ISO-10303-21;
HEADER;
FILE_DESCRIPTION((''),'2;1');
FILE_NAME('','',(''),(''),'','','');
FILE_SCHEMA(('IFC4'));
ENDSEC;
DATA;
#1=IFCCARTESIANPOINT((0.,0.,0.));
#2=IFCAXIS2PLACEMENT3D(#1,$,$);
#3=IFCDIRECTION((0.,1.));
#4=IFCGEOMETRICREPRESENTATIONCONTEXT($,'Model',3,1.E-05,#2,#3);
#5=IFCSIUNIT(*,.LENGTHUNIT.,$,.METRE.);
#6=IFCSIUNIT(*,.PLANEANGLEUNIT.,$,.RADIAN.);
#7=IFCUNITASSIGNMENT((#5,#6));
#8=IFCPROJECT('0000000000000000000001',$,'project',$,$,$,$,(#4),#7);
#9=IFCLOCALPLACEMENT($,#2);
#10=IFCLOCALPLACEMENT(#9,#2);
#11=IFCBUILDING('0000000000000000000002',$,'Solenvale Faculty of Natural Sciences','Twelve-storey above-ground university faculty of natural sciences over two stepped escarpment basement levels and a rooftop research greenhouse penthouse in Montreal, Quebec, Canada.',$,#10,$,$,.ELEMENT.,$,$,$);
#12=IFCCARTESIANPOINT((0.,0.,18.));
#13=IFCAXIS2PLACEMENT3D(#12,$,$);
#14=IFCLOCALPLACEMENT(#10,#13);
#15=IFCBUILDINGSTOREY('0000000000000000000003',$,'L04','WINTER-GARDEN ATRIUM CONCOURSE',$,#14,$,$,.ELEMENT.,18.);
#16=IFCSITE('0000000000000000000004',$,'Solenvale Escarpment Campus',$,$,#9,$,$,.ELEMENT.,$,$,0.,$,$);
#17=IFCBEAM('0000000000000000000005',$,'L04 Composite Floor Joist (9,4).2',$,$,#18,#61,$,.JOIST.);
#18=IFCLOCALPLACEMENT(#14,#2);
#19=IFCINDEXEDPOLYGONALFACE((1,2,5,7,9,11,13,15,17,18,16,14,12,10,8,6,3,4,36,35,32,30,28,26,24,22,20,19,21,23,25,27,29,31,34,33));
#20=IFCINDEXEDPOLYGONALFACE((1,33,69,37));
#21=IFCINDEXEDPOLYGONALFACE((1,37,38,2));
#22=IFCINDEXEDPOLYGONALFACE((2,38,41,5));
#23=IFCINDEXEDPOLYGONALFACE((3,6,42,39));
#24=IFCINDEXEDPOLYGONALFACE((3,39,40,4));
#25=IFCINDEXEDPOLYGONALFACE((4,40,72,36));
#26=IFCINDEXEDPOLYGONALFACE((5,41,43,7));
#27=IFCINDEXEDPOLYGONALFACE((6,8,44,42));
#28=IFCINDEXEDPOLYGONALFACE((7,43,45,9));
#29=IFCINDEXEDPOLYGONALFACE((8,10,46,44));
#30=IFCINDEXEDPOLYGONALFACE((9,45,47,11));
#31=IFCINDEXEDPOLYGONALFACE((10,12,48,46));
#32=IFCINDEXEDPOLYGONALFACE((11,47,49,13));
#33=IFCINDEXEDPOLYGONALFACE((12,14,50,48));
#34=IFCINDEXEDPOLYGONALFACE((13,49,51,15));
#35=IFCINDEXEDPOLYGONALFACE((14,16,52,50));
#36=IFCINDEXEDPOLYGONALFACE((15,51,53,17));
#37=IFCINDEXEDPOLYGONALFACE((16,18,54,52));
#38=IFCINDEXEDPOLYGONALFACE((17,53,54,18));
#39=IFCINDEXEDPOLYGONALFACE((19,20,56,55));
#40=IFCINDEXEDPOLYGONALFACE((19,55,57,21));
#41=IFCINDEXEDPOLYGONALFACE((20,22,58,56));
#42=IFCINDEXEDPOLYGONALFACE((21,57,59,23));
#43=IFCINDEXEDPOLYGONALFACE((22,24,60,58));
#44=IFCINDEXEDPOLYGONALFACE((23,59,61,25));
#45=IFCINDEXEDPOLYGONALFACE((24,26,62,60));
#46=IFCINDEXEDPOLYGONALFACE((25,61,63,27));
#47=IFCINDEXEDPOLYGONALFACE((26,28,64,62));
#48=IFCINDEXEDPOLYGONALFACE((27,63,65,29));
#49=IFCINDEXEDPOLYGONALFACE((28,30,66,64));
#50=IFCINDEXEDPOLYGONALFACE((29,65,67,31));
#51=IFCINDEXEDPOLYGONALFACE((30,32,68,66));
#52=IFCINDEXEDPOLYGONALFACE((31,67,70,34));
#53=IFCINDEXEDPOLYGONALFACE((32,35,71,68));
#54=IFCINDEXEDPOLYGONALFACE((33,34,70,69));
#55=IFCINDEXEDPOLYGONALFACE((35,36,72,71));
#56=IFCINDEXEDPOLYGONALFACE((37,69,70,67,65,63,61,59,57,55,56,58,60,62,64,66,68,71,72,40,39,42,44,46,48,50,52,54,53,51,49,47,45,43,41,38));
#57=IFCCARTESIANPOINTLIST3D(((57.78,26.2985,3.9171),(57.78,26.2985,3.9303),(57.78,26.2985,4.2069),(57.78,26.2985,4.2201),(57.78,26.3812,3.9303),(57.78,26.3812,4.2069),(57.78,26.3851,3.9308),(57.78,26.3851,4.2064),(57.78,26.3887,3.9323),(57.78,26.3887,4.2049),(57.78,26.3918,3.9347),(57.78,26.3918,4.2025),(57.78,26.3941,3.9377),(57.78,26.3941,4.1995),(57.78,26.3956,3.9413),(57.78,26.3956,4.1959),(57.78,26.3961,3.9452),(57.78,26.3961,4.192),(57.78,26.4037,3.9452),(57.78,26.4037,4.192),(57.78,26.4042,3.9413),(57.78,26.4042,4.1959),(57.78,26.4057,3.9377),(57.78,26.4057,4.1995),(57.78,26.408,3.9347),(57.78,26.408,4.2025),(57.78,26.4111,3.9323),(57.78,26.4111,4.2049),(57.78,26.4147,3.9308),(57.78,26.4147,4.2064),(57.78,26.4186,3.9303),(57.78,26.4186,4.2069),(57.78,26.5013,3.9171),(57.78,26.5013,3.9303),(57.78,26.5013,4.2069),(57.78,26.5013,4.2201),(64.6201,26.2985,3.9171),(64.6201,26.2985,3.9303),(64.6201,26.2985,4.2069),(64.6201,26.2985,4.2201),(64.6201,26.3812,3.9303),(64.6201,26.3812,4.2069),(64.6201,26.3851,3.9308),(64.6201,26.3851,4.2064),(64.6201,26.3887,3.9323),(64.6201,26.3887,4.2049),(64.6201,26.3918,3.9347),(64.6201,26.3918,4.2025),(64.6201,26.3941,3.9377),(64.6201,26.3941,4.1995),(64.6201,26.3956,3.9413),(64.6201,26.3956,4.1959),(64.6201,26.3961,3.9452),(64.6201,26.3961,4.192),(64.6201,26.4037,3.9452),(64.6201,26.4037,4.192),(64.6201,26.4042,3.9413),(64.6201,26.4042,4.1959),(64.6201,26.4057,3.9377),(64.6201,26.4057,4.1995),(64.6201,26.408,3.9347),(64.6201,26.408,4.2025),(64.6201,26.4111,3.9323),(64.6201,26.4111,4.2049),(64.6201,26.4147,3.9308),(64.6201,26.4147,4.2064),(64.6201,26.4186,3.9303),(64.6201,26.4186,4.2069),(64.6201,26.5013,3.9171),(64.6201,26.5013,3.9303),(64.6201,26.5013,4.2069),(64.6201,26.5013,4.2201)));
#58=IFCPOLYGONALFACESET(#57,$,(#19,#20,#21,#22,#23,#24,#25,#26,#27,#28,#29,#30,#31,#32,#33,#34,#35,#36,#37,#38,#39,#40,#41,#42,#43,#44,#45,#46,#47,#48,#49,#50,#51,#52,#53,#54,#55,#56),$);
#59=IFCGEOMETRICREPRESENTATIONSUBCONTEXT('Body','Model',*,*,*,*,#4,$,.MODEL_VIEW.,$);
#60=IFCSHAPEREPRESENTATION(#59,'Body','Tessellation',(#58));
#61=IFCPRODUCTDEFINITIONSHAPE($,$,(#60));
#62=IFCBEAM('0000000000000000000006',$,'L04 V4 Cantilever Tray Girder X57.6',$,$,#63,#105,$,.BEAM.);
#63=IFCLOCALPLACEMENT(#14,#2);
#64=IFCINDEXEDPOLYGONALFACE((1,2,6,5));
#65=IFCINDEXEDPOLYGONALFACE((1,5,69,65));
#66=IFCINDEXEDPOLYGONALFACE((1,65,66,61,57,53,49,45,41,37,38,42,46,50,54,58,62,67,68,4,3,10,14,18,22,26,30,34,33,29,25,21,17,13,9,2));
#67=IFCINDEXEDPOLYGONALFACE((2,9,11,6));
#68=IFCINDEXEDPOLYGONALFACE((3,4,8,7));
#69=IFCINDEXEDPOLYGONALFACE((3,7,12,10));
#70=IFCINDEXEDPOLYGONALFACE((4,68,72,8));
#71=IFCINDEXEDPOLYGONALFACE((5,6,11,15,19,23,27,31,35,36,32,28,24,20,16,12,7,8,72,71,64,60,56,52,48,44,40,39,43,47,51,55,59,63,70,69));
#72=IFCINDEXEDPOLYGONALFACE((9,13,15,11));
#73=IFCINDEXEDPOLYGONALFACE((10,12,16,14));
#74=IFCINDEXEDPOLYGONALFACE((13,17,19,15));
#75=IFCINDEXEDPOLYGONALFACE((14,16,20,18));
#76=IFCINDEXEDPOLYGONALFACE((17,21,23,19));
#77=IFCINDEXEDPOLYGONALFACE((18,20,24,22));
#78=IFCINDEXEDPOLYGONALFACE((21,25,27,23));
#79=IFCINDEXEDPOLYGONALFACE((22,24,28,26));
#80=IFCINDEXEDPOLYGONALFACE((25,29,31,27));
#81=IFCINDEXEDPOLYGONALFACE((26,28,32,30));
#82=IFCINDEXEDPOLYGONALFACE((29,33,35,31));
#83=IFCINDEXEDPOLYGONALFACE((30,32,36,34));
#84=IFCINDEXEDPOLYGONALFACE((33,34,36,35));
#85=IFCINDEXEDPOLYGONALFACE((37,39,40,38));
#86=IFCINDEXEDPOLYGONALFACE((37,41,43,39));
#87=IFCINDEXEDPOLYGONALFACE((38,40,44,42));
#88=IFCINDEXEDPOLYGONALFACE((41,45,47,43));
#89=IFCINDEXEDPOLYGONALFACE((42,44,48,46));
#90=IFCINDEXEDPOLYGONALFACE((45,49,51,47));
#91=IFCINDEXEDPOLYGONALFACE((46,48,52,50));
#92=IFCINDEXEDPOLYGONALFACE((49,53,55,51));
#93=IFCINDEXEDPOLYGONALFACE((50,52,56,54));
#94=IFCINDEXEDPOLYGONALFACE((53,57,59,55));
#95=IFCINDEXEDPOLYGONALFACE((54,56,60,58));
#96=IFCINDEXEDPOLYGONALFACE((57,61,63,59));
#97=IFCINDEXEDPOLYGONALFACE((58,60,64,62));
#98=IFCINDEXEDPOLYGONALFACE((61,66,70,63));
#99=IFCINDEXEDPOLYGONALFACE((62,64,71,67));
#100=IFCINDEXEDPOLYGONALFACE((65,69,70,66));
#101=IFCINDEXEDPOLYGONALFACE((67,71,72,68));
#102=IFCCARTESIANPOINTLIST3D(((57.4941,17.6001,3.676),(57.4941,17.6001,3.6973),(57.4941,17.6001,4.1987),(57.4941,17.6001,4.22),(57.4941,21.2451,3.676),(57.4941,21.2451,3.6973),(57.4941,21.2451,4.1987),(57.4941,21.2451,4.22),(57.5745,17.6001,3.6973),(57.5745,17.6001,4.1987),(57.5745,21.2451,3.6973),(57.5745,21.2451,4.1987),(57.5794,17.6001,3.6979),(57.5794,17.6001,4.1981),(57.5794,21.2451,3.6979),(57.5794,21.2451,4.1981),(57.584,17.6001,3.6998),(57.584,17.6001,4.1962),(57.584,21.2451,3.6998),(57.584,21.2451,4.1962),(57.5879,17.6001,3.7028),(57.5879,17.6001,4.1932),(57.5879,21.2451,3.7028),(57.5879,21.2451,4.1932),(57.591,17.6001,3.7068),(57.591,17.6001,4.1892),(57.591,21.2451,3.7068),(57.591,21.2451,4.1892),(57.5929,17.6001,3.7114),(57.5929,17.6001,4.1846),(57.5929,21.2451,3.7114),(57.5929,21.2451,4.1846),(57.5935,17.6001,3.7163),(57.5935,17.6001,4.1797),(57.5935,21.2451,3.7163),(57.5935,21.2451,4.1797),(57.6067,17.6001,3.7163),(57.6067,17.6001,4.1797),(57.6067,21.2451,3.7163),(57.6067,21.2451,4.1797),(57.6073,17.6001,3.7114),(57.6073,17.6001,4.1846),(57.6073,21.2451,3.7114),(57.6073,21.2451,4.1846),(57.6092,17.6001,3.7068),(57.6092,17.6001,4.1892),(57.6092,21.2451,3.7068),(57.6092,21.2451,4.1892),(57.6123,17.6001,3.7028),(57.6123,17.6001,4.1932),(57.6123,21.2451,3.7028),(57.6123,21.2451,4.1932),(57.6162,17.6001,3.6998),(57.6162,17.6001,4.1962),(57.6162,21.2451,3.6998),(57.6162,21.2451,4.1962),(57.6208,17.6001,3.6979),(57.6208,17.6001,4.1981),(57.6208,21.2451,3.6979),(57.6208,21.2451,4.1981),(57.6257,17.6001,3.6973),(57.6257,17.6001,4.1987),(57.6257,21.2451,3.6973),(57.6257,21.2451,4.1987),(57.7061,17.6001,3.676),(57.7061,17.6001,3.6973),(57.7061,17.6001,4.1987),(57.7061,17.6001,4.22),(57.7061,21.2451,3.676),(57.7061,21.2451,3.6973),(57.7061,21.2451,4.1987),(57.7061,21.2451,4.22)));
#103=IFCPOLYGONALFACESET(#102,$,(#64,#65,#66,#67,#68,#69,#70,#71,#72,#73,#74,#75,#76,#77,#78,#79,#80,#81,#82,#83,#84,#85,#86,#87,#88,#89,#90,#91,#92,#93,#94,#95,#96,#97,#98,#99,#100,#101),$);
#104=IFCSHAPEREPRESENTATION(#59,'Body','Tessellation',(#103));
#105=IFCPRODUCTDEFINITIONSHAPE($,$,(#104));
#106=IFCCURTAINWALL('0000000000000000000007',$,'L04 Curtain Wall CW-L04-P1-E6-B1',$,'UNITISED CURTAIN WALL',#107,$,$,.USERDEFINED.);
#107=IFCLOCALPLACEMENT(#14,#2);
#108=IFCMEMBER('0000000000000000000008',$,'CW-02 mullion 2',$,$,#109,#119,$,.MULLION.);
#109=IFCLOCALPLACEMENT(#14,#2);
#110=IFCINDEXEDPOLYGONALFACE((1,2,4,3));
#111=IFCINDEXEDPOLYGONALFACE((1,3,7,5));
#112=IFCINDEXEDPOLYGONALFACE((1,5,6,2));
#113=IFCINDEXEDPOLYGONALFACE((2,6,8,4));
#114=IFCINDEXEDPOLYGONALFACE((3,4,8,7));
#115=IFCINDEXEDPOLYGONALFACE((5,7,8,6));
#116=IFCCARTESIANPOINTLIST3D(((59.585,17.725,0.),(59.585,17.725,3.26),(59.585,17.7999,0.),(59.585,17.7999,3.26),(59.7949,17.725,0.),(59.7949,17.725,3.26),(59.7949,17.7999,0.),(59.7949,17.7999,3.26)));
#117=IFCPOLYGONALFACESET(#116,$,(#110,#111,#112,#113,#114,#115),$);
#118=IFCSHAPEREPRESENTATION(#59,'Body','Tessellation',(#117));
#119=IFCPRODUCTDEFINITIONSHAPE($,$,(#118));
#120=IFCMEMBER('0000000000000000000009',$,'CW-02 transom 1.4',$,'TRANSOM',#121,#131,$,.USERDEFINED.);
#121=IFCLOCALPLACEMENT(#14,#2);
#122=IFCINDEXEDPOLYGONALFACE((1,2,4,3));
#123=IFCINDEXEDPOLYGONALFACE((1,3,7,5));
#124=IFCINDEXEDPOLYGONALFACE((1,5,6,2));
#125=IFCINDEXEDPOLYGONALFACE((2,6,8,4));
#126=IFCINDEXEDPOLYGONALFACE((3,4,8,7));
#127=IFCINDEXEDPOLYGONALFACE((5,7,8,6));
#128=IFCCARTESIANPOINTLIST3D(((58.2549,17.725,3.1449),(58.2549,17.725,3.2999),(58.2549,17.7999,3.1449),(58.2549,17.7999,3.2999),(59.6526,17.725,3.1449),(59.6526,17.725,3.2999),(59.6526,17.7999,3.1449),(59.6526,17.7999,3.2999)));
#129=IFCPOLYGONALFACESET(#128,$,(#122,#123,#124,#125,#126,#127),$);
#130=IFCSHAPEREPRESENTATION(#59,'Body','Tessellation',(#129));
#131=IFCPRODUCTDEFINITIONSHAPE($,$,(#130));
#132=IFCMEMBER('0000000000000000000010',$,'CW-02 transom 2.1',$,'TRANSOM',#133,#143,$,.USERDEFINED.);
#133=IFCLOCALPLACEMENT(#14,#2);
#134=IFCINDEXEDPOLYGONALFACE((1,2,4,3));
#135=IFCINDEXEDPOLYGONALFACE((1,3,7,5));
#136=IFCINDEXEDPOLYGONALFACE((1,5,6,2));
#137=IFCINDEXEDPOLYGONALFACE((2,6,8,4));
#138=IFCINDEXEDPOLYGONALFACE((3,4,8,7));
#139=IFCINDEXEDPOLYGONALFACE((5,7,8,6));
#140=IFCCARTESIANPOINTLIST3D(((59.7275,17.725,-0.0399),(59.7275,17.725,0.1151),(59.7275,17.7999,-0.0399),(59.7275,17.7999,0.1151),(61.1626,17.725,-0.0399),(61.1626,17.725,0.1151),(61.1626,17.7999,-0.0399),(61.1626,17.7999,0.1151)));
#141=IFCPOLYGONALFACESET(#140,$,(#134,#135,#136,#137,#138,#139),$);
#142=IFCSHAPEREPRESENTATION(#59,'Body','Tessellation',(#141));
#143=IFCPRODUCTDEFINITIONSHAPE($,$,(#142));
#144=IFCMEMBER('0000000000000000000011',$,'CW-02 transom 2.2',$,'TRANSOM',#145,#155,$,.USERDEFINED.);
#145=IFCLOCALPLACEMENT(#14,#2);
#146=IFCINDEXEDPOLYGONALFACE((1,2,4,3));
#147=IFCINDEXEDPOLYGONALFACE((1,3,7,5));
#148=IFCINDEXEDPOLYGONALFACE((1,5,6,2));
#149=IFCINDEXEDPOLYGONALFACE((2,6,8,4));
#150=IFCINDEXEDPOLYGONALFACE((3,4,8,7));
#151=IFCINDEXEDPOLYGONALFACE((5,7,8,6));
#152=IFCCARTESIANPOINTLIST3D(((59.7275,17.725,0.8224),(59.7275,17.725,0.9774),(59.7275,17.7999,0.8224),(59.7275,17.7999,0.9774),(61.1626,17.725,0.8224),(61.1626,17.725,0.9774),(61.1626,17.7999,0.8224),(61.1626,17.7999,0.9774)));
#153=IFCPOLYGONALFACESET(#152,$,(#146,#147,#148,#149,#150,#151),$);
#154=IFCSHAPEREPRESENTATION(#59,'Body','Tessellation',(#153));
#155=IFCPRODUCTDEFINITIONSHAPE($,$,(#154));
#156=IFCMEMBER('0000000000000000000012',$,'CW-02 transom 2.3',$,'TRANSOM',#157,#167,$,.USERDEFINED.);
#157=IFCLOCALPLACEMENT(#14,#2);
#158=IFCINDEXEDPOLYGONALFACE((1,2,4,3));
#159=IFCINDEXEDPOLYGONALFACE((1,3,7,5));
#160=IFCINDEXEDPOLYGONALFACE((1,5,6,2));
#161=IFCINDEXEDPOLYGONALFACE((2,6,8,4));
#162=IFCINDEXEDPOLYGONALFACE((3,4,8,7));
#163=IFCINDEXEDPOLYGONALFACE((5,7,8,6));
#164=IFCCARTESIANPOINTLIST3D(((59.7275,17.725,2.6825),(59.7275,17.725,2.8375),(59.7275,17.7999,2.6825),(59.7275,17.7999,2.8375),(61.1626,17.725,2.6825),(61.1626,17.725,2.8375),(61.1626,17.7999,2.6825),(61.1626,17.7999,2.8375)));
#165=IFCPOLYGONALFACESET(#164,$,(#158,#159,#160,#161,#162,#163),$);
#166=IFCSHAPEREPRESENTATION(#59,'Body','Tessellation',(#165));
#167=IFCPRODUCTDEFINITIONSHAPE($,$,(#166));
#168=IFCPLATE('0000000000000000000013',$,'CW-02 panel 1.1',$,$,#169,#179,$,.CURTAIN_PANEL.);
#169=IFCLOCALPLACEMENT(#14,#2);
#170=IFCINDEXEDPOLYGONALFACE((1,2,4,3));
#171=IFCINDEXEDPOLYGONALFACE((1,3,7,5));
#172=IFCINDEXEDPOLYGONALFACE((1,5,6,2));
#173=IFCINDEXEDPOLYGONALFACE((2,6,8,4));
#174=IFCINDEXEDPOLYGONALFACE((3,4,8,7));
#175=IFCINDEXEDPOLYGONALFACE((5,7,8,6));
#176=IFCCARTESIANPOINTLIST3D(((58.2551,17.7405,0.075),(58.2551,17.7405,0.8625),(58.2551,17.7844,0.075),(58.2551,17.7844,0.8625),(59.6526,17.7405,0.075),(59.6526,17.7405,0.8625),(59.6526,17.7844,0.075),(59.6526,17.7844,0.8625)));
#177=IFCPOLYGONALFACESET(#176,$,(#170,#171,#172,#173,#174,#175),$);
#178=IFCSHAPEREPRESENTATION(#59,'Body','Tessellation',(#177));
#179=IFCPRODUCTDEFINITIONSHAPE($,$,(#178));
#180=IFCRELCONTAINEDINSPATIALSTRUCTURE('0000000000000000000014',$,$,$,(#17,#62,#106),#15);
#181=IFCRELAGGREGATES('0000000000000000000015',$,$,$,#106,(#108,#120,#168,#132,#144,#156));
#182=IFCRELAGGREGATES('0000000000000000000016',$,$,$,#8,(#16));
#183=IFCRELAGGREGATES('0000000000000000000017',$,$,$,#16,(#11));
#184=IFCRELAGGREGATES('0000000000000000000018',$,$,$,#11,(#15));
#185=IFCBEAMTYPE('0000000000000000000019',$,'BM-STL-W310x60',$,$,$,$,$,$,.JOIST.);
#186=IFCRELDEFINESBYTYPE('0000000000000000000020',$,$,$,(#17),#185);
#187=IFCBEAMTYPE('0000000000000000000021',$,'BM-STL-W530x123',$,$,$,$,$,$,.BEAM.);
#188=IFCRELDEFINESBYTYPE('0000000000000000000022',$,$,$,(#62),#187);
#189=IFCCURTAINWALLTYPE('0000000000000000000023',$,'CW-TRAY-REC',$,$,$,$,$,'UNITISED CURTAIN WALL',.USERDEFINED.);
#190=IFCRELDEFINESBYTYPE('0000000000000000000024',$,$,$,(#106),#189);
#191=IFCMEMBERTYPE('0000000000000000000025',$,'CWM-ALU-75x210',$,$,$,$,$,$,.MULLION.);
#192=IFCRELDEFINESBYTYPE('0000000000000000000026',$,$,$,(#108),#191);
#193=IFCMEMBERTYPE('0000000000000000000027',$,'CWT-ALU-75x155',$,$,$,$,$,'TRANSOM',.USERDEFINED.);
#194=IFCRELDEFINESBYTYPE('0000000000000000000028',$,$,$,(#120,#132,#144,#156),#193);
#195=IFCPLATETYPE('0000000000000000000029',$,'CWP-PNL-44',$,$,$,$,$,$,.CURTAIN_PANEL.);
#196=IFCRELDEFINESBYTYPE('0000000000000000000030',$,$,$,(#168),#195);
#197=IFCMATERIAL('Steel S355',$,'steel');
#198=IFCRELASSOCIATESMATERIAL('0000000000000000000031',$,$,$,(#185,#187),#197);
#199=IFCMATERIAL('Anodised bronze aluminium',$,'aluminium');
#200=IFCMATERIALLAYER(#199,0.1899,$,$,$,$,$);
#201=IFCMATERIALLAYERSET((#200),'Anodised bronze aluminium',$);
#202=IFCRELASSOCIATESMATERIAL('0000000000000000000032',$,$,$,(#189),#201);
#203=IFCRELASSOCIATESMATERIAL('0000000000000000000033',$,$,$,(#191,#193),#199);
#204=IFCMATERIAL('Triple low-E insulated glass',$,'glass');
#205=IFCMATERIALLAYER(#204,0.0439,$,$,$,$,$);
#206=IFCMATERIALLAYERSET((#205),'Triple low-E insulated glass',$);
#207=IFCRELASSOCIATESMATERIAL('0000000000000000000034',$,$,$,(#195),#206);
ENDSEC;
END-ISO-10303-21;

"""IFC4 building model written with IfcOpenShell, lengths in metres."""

from ifc_helpers import new_model, si_unit, direction, frame, origin, origin_2d, place, context, subcontext, project, spatial, rectangle, i_section, extrude, material, layer, layer_set, material_profile, profile_set, type_object, element, aggregate, save


model = new_model("IFC4")

# Units and contexts
model_context = context("Model", 3, precision=1e-05, world=origin(), true_north=direction((0.0, 1.0)))
body_context = subcontext(model_context, "Body", "Model", "MODEL_VIEW")
ifc_project = project(units=[si_unit("LENGTHUNIT", "METRE"), si_unit("PLANEANGLEUNIT", "RADIAN")], contexts=[model_context])

# Site, building, storey
site_placement = place(None, origin())
site = spatial("IfcSite", under=ifc_project, at=site_placement, Name="Solenvale Escarpment Campus", CompositionType="ELEMENT", RefElevation=0.0)
building_placement = place(site_placement, origin())
building = spatial("IfcBuilding", under=site, at=building_placement, Name="Solenvale Faculty of Natural Sciences", Description="Twelve-storey above-ground university faculty of natural sciences over two stepped escarpment basement levels and a rooftop research greenhouse penthouse in Montreal, Quebec, Canada.", CompositionType="ELEMENT")
storey_placement = place(building_placement, frame((0.0, 0.0, 18.0)))
storey = spatial("IfcBuildingStorey", under=building, at=storey_placement, Name="L04", Description="WINTER-GARDEN ATRIUM CONCOURSE", CompositionType="ELEMENT", Elevation=18.0)

# Beams
ifc_material_1 = material(Name="Steel S355", Category="steel")
ifc_material_profile_1 = material_profile(ifc_material_1, i_section(OverallWidth=0.2029, OverallDepth=0.303, WebThickness=0.0076, FlangeThickness=0.0132, FilletRadius=0.0149, at=origin_2d()), Name="W310x60")
ifc_profile_set_1 = profile_set([ifc_material_profile_1], Name="Steel S355")
beam_type_1 = type_object("IfcBeamType", Name="BM-STL-W310x60", PredefinedType="JOIST", material=ifc_profile_set_1)
for number, where, z_axis, x_axis, name in (
    (1, (57.78, 26.3999, 4.0686), (1.0, 0.0, 0.0), (0.0, 1.0, 0.0), "L04 Composite Floor Joist (9,4).2"),
):
    element("IfcBeam", number, at=place(storey_placement, frame(where, z_axis=z_axis, x_axis=x_axis)), inside=storey, type_object=beam_type_1, Name=name, PredefinedType="JOIST", context=body_context, shape_type="SweptSolid", body=[
        extrude(i_section(OverallWidth=0.2029, OverallDepth=0.303, WebThickness=0.0076, FlangeThickness=0.0132, FilletRadius=0.0149, at=origin_2d()), origin(), (0.0, 0.0, 1.0), 6.8401),
    ])
ifc_material_profile_2 = material_profile(ifc_material_1, i_section(OverallWidth=0.2119, OverallDepth=0.5439, WebThickness=0.0132, FlangeThickness=0.0212, FilletRadius=0.019, at=origin_2d()), Name="W530x123")
ifc_profile_set_2 = profile_set([ifc_material_profile_2], Name="Steel S355")
beam_type_2 = type_object("IfcBeamType", Name="BM-STL-W530x123", PredefinedType="BEAM", material=ifc_profile_set_2)
beam_placement = place(storey_placement, frame((57.6001, 21.2451, 3.948), z_axis=(0.0, -1.0, 0.0), x_axis=(1.0, 0.0, 0.0)))
element("IfcBeam", 2, at=beam_placement, inside=storey, type_object=beam_type_2, Name="L04 V4 Cantilever Tray Girder X57.6", PredefinedType="BEAM", context=body_context, shape_type="SweptSolid", body=[
    extrude(i_section(OverallWidth=0.2119, OverallDepth=0.5439, WebThickness=0.0132, FlangeThickness=0.0212, FilletRadius=0.019, at=origin_2d()), origin(), (0.0, 0.0, 1.0), 3.645),
])

# Curtain wall, members, plate
ifc_material_2 = material(Name="Anodised bronze aluminium", Category="aluminium")
ifc_layer_1 = layer(ifc_material_2, 0.1899)
ifc_layer_set_1 = layer_set([ifc_layer_1], Name="Anodised bronze aluminium")
curtain_wall_type = type_object("IfcCurtainWallType", Name="CW-TRAY-REC", ElementType="UNITISED CURTAIN WALL", PredefinedType="USERDEFINED", material=ifc_layer_set_1)
curtain_wall_placement = place(storey_placement, origin())
curtain_wall = element("IfcCurtainWall", 3, at=curtain_wall_placement, inside=storey, type_object=curtain_wall_type, Name="L04 Curtain Wall CW-L04-P1-E6-B1", ObjectType="UNITISED CURTAIN WALL", PredefinedType="USERDEFINED")
ifc_material_profile_3 = material_profile(ifc_material_2, rectangle(XDim=0.075, YDim=0.21, at=origin_2d()), Name="ALU-MUL-75x210")
ifc_profile_set_3 = profile_set([ifc_material_profile_3], Name="Anodised bronze aluminium")
member_type_1 = type_object("IfcMemberType", Name="CWM-ALU-75x210", PredefinedType="MULLION", material=ifc_profile_set_3)
member_1_placement = place(storey_placement, frame((59.6899, 17.7625, 0.0), z_axis=(0.0, 0.0, 1.0), x_axis=(0.0, 1.0, 0.0)))
member_1 = element("IfcMember", 4, at=member_1_placement, type_object=member_type_1, Name="CW-02 mullion 2", PredefinedType="MULLION", context=body_context, shape_type="SweptSolid", body=[
    extrude(rectangle(XDim=0.075, YDim=0.21, at=origin_2d()), origin(), (0.0, 0.0, 1.0), 3.26),
])
ifc_material_profile_4 = material_profile(ifc_material_2, rectangle(XDim=0.075, YDim=0.155, at=origin_2d()), Name="ALU-TRN-75x155")
ifc_profile_set_4 = profile_set([ifc_material_profile_4], Name="Anodised bronze aluminium")
member_type_2 = type_object("IfcMemberType", Name="CWT-ALU-75x155", ElementType="TRANSOM", PredefinedType="USERDEFINED", material=ifc_profile_set_4)
member_2_placement = place(storey_placement, frame((58.2549, 17.7625, 3.2224), z_axis=(1.0, 0.0, 0.0), x_axis=(0.0, 1.0, 0.0)))
member_2 = element("IfcMember", 5, at=member_2_placement, type_object=member_type_2, Name="CW-02 transom 1.4", ObjectType="TRANSOM", PredefinedType="USERDEFINED", context=body_context, shape_type="SweptSolid", body=[
    extrude(rectangle(XDim=0.075, YDim=0.155, at=origin_2d()), origin(), (0.0, 0.0, 1.0), 1.3977),
])
member_3_placement = place(storey_placement, frame((59.7275, 17.7625, 0.0376), z_axis=(1.0, 0.0, 0.0), x_axis=(0.0, 1.0, 0.0)))
member_3 = element("IfcMember", 6, at=member_3_placement, type_object=member_type_2, Name="CW-02 transom 2.1", ObjectType="TRANSOM", PredefinedType="USERDEFINED", context=body_context, shape_type="SweptSolid", body=[
    extrude(rectangle(XDim=0.075, YDim=0.155, at=origin_2d()), origin(), (0.0, 0.0, 1.0), 1.4351),
])
member_4_placement = place(storey_placement, frame((59.7275, 17.7625, 0.8999), z_axis=(1.0, 0.0, 0.0), x_axis=(0.0, 1.0, 0.0)))
member_4 = element("IfcMember", 7, at=member_4_placement, type_object=member_type_2, Name="CW-02 transom 2.2", ObjectType="TRANSOM", PredefinedType="USERDEFINED", context=body_context, shape_type="SweptSolid", body=[
    extrude(rectangle(XDim=0.075, YDim=0.155, at=origin_2d()), origin(), (0.0, 0.0, 1.0), 1.4351),
])
member_5_placement = place(storey_placement, frame((59.7275, 17.7625, 2.76), z_axis=(1.0, 0.0, 0.0), x_axis=(0.0, 1.0, 0.0)))
member_5 = element("IfcMember", 8, at=member_5_placement, type_object=member_type_2, Name="CW-02 transom 2.3", ObjectType="TRANSOM", PredefinedType="USERDEFINED", context=body_context, shape_type="SweptSolid", body=[
    extrude(rectangle(XDim=0.075, YDim=0.155, at=origin_2d()), origin(), (0.0, 0.0, 1.0), 1.4351),
])
ifc_material_3 = material(Name="Triple low-E insulated glass", Category="glass")
ifc_layer_2 = layer(ifc_material_3, 0.0439)
ifc_layer_set_2 = layer_set([ifc_layer_2], Name="Triple low-E insulated glass")
plate_type = type_object("IfcPlateType", Name="CWP-PNL-44", PredefinedType="CURTAIN_PANEL", material=ifc_layer_set_2)
plate_1_placement = place(storey_placement, frame((58.9539, 17.7625, 0.075), z_axis=(0.0, 0.0, 1.0), x_axis=(1.0, 0.0, 0.0)))
plate_1 = element("IfcPlate", 9, at=plate_1_placement, type_object=plate_type, Name="CW-02 panel 1.1", PredefinedType="CURTAIN_PANEL", context=body_context, shape_type="SweptSolid", body=[
    extrude(rectangle(XDim=1.3975, YDim=0.0439, at=origin_2d()), origin(), (0.0, 0.0, 1.0), 0.7876),
])
aggregate(curtain_wall, [member_1, member_2, plate_1, member_3, member_4, member_5])

save(model, "model.ifc")
